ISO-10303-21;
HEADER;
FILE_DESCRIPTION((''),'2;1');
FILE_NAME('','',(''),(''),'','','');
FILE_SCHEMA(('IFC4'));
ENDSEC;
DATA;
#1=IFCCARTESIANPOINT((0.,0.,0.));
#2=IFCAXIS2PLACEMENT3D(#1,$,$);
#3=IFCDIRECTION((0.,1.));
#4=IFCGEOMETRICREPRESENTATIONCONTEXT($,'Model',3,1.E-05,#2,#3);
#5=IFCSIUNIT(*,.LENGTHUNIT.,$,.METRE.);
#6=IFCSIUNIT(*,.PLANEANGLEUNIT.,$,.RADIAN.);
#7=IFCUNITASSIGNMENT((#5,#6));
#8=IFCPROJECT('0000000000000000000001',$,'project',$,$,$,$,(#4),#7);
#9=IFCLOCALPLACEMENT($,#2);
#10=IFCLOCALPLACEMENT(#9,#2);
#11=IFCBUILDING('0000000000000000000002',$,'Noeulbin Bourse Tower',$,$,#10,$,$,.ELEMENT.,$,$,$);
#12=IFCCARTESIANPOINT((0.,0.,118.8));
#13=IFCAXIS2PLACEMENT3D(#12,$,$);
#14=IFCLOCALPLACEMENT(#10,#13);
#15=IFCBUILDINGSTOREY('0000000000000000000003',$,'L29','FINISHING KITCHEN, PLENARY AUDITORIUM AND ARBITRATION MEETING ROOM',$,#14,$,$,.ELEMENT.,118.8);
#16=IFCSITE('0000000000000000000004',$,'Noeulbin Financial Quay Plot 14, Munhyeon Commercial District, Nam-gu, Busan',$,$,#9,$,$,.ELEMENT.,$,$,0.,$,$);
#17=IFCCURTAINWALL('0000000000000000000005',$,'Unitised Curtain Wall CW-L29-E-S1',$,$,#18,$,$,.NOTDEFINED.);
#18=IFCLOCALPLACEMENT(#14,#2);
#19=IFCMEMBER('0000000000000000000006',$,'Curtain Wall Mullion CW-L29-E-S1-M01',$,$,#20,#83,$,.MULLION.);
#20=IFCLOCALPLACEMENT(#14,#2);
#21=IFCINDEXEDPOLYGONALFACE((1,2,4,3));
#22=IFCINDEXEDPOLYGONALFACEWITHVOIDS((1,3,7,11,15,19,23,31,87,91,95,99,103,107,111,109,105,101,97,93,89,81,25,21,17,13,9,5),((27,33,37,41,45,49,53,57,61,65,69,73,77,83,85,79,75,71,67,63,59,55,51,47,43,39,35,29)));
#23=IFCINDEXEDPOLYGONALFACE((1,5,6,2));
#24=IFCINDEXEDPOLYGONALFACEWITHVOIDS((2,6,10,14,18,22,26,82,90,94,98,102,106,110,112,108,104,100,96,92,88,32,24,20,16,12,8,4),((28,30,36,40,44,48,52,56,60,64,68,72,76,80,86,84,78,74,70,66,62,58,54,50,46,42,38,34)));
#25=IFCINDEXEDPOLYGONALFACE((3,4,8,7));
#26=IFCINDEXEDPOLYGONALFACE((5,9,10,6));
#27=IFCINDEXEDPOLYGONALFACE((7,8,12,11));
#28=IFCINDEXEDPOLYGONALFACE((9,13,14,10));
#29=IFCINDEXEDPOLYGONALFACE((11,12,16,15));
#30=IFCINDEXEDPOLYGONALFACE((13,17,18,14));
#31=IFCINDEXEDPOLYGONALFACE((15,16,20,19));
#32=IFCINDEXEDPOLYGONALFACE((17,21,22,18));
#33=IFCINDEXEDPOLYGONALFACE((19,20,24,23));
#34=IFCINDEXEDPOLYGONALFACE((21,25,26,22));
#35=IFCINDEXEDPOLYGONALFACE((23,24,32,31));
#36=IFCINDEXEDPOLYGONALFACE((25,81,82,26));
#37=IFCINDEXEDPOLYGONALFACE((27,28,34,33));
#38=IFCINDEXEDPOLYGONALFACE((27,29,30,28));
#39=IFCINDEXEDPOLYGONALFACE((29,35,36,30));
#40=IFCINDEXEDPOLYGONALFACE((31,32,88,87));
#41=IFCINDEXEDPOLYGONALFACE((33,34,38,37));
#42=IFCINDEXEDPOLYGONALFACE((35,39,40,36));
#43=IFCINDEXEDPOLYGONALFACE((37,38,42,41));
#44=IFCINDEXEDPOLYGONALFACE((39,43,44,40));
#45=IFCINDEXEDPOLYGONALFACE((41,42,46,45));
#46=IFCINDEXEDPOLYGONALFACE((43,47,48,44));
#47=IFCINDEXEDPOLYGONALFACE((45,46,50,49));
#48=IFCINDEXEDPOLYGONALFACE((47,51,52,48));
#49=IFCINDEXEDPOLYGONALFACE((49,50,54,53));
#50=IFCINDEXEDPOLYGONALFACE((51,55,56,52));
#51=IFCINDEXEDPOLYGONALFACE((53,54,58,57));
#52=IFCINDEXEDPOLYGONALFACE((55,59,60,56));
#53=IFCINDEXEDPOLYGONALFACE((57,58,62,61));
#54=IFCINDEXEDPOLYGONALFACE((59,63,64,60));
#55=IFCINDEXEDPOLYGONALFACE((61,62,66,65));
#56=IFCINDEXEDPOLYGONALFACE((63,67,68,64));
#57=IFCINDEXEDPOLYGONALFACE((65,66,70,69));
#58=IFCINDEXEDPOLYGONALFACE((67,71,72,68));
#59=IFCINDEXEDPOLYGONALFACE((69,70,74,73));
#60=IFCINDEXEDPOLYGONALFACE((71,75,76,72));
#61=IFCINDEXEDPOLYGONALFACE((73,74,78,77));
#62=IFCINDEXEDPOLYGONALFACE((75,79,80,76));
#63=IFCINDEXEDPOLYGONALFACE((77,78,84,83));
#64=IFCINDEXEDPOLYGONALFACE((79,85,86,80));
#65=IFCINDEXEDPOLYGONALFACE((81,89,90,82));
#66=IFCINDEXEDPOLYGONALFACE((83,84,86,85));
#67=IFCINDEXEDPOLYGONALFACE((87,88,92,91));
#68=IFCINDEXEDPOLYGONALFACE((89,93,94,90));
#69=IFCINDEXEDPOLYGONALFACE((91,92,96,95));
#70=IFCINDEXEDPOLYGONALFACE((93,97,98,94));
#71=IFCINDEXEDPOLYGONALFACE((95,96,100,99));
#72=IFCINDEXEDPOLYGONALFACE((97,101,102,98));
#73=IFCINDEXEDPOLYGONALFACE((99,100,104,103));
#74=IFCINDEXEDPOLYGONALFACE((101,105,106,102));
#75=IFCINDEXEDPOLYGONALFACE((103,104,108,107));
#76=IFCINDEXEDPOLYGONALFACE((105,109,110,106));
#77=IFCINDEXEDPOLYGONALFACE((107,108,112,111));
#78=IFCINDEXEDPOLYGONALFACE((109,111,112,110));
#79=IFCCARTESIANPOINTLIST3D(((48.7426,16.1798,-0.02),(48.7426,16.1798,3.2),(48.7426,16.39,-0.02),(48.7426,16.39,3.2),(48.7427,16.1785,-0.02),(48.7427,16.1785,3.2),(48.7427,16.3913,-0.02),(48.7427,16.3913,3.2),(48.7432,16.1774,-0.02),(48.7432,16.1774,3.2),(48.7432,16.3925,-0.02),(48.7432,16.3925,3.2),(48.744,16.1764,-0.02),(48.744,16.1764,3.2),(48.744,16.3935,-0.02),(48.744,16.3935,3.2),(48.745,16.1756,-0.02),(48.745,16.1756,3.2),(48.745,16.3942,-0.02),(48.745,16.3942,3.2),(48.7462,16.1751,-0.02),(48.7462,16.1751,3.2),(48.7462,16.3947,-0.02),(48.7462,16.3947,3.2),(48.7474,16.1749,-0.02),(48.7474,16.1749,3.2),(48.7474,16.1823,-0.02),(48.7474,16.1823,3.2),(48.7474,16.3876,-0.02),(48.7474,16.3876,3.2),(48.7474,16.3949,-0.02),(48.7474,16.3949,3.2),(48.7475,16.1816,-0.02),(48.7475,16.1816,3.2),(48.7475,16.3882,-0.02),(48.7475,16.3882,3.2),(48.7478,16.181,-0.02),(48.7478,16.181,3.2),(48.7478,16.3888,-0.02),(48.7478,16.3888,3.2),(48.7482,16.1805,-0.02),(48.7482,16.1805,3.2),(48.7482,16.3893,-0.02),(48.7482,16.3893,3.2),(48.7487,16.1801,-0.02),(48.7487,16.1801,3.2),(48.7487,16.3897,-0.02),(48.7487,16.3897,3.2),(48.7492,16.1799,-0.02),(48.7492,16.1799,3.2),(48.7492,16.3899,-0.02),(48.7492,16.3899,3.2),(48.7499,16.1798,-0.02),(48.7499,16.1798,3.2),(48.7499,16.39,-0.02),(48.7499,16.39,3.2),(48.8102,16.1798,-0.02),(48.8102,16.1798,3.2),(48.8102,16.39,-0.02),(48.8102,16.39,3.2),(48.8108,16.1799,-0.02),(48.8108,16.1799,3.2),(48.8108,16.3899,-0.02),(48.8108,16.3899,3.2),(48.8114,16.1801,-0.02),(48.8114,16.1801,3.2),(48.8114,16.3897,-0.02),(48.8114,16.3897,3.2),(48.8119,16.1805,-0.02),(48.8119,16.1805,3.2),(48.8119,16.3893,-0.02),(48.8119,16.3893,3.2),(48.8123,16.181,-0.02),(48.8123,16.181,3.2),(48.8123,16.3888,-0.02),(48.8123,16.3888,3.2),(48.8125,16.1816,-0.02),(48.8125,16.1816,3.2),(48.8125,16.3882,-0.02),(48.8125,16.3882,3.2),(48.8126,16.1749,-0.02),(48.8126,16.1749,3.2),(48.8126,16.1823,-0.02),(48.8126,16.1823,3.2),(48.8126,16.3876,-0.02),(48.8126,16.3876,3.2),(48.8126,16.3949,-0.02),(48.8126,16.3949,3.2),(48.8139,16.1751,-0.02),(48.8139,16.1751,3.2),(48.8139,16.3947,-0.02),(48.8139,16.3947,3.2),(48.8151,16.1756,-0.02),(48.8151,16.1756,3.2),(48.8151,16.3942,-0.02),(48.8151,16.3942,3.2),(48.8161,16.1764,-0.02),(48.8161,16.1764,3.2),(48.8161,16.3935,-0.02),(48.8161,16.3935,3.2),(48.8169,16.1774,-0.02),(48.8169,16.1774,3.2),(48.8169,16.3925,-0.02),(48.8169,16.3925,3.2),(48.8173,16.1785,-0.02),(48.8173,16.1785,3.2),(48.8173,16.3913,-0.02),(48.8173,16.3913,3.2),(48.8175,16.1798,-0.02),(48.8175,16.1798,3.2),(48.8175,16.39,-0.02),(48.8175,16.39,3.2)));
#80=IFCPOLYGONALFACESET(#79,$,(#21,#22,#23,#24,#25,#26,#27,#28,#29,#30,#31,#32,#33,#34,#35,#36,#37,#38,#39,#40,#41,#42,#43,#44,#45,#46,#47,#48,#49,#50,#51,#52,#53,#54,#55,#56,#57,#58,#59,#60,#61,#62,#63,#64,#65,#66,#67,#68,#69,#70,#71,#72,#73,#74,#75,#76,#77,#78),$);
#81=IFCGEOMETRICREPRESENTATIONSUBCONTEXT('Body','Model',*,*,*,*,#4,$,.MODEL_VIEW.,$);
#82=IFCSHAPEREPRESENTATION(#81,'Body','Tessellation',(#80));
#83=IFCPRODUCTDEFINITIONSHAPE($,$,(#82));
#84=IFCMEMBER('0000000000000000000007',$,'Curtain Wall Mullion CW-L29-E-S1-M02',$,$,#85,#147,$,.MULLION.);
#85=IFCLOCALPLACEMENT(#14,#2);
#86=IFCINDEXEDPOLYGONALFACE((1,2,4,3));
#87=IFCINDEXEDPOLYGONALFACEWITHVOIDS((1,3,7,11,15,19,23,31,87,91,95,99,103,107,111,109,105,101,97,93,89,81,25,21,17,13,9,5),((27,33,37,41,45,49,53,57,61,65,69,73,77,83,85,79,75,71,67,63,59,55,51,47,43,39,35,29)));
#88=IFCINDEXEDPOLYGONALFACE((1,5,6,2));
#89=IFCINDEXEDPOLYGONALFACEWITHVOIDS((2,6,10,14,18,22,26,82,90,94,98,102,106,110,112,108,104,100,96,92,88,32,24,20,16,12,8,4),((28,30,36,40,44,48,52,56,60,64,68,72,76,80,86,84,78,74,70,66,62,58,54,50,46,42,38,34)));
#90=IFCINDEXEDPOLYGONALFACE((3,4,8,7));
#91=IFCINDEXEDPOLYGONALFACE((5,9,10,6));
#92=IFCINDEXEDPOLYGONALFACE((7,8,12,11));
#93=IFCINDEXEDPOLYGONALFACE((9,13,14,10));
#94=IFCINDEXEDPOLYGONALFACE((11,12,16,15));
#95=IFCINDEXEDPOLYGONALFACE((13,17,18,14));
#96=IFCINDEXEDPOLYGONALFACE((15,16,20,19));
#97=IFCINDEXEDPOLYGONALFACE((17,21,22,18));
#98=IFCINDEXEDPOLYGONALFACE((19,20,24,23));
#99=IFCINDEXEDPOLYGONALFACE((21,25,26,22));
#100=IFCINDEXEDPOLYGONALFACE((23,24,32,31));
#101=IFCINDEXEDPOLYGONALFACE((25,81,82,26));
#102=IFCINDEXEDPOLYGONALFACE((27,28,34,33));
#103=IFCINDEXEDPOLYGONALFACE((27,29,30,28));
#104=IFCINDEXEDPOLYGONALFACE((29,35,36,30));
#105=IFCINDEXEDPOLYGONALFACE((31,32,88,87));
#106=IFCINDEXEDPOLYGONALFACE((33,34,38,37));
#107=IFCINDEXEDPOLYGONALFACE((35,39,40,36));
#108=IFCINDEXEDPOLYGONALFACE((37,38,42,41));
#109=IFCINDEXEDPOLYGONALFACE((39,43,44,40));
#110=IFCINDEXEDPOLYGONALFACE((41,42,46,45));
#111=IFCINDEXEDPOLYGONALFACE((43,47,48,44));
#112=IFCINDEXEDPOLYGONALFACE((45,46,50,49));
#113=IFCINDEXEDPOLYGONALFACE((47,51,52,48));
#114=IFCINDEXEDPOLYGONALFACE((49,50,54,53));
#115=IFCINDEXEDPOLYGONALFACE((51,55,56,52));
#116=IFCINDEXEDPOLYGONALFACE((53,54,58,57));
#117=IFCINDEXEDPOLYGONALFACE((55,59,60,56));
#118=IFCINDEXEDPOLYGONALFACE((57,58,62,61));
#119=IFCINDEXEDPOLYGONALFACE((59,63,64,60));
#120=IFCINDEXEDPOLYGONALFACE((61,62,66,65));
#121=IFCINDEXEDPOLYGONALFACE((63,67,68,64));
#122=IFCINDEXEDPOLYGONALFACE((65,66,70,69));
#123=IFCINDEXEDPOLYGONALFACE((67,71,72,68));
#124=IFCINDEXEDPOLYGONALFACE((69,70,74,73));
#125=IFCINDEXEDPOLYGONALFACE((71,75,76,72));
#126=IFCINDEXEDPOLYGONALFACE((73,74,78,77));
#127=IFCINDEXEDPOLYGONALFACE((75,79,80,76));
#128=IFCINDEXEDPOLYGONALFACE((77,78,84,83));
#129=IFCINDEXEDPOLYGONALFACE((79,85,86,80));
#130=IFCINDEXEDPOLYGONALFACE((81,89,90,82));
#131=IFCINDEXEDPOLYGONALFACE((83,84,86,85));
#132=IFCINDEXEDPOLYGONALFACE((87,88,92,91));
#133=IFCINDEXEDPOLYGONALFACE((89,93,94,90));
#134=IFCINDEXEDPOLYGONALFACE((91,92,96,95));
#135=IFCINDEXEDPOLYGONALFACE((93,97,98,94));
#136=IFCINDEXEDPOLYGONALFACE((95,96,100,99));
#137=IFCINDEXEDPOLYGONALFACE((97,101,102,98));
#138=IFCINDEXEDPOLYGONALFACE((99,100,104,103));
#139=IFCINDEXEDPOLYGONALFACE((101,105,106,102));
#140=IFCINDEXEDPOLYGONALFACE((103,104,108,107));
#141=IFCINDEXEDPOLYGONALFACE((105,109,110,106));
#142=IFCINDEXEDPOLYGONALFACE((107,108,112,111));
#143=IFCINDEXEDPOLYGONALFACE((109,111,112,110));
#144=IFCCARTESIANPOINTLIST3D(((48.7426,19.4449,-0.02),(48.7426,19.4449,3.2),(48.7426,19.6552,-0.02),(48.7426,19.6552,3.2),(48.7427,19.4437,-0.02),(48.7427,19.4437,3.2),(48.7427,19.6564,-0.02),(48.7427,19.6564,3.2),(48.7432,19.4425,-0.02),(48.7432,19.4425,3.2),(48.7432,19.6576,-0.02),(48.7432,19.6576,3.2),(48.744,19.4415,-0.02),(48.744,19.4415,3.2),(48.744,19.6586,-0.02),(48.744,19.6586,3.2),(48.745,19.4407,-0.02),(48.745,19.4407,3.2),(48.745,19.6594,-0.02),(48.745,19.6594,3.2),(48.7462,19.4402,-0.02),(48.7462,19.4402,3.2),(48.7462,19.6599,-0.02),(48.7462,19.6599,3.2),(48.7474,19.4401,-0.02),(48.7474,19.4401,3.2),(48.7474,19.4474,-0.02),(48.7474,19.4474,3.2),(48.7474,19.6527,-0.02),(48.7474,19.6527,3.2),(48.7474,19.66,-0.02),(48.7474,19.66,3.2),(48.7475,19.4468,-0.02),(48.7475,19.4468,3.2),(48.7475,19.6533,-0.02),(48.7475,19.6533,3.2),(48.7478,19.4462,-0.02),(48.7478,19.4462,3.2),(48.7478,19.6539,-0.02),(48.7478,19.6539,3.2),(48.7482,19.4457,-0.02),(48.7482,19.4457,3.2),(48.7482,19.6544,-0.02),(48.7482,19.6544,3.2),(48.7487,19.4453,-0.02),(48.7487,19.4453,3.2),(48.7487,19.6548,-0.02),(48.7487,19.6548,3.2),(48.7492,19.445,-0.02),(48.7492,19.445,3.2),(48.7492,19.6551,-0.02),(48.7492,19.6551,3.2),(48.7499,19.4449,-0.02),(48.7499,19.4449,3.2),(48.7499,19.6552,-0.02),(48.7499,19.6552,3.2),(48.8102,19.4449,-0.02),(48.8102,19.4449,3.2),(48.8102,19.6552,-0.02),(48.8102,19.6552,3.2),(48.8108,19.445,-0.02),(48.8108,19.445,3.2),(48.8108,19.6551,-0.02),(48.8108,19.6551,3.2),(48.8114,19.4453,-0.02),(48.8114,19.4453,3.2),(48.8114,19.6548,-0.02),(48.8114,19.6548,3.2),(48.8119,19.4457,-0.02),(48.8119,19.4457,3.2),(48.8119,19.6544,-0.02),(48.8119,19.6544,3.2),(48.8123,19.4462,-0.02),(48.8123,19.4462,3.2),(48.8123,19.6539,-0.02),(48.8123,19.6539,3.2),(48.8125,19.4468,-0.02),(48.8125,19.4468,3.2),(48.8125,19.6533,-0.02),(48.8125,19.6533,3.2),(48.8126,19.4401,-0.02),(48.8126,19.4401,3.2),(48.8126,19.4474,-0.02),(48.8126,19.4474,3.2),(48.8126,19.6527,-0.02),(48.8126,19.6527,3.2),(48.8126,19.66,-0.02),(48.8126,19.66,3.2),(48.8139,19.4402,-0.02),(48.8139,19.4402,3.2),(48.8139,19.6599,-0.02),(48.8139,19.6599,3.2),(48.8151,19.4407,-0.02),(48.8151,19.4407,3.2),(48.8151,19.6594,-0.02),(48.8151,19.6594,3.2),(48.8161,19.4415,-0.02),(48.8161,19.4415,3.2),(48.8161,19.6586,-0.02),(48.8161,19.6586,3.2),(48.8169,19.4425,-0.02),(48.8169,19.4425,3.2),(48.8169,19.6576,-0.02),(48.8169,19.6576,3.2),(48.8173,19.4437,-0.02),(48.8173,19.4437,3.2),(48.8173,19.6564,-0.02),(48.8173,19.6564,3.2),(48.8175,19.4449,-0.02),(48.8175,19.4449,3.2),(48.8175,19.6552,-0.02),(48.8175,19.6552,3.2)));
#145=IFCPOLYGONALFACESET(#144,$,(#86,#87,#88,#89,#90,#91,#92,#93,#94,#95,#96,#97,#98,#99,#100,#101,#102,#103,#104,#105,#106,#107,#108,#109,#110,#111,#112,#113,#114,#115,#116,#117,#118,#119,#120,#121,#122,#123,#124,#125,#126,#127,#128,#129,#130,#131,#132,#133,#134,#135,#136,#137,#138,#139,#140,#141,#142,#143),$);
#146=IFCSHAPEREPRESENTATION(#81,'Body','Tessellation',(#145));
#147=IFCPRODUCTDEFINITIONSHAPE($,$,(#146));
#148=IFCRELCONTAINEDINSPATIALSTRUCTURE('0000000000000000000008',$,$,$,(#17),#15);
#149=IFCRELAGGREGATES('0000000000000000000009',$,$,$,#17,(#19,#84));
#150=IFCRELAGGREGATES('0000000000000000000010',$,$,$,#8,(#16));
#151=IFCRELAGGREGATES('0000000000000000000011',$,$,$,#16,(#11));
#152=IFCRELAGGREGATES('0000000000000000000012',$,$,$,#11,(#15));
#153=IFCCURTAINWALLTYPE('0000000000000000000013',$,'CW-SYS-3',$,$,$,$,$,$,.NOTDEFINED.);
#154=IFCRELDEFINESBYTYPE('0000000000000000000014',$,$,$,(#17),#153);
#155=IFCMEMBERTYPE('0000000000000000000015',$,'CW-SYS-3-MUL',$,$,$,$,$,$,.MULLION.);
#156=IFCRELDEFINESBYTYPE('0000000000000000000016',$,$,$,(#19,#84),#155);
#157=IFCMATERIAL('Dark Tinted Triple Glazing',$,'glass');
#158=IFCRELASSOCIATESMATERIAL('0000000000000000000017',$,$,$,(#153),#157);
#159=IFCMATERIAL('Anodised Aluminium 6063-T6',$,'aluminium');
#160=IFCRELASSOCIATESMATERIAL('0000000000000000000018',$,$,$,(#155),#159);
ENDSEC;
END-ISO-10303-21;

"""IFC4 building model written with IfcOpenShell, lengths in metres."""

from ifc_helpers import new_model, si_unit, direction, frame, origin, origin_2d, place, context, subcontext, project, spatial, hollow_rectangle, extrude, material, material_profile, profile_set, type_object, element, aggregate, save


model = new_model("IFC4")

# Units and contexts
model_context = context("Model", 3, precision=1e-05, world=origin(), true_north=direction((0.0, 1.0)))
body_context = subcontext(model_context, "Body", "Model", "MODEL_VIEW")
ifc_project = project(units=[si_unit("LENGTHUNIT", "METRE"), si_unit("PLANEANGLEUNIT", "RADIAN")], contexts=[model_context])

# Site, building, storey
site_placement = place(None, origin())
site = spatial("IfcSite", under=ifc_project, at=site_placement, Name="Noeulbin Financial Quay Plot 14, Munhyeon Commercial District, Nam-gu, Busan", CompositionType="ELEMENT", RefElevation=0.0)
building_placement = place(site_placement, origin())
building = spatial("IfcBuilding", under=site, at=building_placement, Name="Noeulbin Bourse Tower", CompositionType="ELEMENT")
storey_placement = place(building_placement, frame((0.0, 0.0, 118.8)))
storey = spatial("IfcBuildingStorey", under=building, at=storey_placement, Name="L29", Description="FINISHING KITCHEN, PLENARY AUDITORIUM AND ARBITRATION MEETING ROOM", CompositionType="ELEMENT", Elevation=118.8)

# Curtain wall, members
ifc_material_1 = material(Name="Dark Tinted Triple Glazing", Category="glass")
curtain_wall_type = type_object("IfcCurtainWallType", Name="CW-SYS-3", PredefinedType="NOTDEFINED", material=ifc_material_1)
ifc_material_2 = material(Name="Anodised Aluminium 6063-T6", Category="aluminium")
ifc_material_profile_1 = material_profile(ifc_material_2, hollow_rectangle(XDim=0.075, YDim=0.22, WallThickness=0.0049, InnerFilletRadius=0.0024, OuterFilletRadius=0.0049, at=origin_2d()), Name="ALU-MULL-75x220x5", Category="LoadBearing")
ifc_profile_set_1 = profile_set([ifc_material_profile_1], Name="Anodised Aluminium 6063-T6")
member_type_1 = type_object("IfcMemberType", Name="CW-SYS-3-MUL", PredefinedType="MULLION", material=ifc_profile_set_1)
curtain_wall_1_placement = place(storey_placement, origin())
curtain_wall_1 = element("IfcCurtainWall", 1, at=curtain_wall_1_placement, inside=storey, type_object=curtain_wall_type, Name="Unitised Curtain Wall CW-L29-E-S1", PredefinedType="NOTDEFINED")
member_1_placement = place(storey_placement, frame((48.78, 16.2849, -0.02), z_axis=(0.0, 0.0, 1.0), x_axis=(1.0, 0.0, 0.0)))
member_1 = element("IfcMember", 2, at=member_1_placement, type_object=member_type_1, Name="Curtain Wall Mullion CW-L29-E-S1-M01", PredefinedType="MULLION", context=body_context, shape_type="SweptSolid", body=[
    extrude(hollow_rectangle(XDim=0.075, YDim=0.22, WallThickness=0.0049, InnerFilletRadius=0.0024, OuterFilletRadius=0.0049, at=origin_2d()), origin(), (0.0, 0.0, 1.0), 3.22),
])
member_2_placement = place(storey_placement, frame((48.78, 19.55, -0.02), z_axis=(0.0, 0.0, 1.0), x_axis=(1.0, 0.0, 0.0)))
member_2 = element("IfcMember", 3, at=member_2_placement, type_object=member_type_1, Name="Curtain Wall Mullion CW-L29-E-S1-M02", PredefinedType="MULLION", context=body_context, shape_type="SweptSolid", body=[
    extrude(hollow_rectangle(XDim=0.075, YDim=0.22, WallThickness=0.0049, InnerFilletRadius=0.0024, OuterFilletRadius=0.0049, at=origin_2d()), origin(), (0.0, 0.0, 1.0), 3.22),
])

aggregate(curtain_wall_1, [member_1, member_2])

save(model, "model.ifc")
